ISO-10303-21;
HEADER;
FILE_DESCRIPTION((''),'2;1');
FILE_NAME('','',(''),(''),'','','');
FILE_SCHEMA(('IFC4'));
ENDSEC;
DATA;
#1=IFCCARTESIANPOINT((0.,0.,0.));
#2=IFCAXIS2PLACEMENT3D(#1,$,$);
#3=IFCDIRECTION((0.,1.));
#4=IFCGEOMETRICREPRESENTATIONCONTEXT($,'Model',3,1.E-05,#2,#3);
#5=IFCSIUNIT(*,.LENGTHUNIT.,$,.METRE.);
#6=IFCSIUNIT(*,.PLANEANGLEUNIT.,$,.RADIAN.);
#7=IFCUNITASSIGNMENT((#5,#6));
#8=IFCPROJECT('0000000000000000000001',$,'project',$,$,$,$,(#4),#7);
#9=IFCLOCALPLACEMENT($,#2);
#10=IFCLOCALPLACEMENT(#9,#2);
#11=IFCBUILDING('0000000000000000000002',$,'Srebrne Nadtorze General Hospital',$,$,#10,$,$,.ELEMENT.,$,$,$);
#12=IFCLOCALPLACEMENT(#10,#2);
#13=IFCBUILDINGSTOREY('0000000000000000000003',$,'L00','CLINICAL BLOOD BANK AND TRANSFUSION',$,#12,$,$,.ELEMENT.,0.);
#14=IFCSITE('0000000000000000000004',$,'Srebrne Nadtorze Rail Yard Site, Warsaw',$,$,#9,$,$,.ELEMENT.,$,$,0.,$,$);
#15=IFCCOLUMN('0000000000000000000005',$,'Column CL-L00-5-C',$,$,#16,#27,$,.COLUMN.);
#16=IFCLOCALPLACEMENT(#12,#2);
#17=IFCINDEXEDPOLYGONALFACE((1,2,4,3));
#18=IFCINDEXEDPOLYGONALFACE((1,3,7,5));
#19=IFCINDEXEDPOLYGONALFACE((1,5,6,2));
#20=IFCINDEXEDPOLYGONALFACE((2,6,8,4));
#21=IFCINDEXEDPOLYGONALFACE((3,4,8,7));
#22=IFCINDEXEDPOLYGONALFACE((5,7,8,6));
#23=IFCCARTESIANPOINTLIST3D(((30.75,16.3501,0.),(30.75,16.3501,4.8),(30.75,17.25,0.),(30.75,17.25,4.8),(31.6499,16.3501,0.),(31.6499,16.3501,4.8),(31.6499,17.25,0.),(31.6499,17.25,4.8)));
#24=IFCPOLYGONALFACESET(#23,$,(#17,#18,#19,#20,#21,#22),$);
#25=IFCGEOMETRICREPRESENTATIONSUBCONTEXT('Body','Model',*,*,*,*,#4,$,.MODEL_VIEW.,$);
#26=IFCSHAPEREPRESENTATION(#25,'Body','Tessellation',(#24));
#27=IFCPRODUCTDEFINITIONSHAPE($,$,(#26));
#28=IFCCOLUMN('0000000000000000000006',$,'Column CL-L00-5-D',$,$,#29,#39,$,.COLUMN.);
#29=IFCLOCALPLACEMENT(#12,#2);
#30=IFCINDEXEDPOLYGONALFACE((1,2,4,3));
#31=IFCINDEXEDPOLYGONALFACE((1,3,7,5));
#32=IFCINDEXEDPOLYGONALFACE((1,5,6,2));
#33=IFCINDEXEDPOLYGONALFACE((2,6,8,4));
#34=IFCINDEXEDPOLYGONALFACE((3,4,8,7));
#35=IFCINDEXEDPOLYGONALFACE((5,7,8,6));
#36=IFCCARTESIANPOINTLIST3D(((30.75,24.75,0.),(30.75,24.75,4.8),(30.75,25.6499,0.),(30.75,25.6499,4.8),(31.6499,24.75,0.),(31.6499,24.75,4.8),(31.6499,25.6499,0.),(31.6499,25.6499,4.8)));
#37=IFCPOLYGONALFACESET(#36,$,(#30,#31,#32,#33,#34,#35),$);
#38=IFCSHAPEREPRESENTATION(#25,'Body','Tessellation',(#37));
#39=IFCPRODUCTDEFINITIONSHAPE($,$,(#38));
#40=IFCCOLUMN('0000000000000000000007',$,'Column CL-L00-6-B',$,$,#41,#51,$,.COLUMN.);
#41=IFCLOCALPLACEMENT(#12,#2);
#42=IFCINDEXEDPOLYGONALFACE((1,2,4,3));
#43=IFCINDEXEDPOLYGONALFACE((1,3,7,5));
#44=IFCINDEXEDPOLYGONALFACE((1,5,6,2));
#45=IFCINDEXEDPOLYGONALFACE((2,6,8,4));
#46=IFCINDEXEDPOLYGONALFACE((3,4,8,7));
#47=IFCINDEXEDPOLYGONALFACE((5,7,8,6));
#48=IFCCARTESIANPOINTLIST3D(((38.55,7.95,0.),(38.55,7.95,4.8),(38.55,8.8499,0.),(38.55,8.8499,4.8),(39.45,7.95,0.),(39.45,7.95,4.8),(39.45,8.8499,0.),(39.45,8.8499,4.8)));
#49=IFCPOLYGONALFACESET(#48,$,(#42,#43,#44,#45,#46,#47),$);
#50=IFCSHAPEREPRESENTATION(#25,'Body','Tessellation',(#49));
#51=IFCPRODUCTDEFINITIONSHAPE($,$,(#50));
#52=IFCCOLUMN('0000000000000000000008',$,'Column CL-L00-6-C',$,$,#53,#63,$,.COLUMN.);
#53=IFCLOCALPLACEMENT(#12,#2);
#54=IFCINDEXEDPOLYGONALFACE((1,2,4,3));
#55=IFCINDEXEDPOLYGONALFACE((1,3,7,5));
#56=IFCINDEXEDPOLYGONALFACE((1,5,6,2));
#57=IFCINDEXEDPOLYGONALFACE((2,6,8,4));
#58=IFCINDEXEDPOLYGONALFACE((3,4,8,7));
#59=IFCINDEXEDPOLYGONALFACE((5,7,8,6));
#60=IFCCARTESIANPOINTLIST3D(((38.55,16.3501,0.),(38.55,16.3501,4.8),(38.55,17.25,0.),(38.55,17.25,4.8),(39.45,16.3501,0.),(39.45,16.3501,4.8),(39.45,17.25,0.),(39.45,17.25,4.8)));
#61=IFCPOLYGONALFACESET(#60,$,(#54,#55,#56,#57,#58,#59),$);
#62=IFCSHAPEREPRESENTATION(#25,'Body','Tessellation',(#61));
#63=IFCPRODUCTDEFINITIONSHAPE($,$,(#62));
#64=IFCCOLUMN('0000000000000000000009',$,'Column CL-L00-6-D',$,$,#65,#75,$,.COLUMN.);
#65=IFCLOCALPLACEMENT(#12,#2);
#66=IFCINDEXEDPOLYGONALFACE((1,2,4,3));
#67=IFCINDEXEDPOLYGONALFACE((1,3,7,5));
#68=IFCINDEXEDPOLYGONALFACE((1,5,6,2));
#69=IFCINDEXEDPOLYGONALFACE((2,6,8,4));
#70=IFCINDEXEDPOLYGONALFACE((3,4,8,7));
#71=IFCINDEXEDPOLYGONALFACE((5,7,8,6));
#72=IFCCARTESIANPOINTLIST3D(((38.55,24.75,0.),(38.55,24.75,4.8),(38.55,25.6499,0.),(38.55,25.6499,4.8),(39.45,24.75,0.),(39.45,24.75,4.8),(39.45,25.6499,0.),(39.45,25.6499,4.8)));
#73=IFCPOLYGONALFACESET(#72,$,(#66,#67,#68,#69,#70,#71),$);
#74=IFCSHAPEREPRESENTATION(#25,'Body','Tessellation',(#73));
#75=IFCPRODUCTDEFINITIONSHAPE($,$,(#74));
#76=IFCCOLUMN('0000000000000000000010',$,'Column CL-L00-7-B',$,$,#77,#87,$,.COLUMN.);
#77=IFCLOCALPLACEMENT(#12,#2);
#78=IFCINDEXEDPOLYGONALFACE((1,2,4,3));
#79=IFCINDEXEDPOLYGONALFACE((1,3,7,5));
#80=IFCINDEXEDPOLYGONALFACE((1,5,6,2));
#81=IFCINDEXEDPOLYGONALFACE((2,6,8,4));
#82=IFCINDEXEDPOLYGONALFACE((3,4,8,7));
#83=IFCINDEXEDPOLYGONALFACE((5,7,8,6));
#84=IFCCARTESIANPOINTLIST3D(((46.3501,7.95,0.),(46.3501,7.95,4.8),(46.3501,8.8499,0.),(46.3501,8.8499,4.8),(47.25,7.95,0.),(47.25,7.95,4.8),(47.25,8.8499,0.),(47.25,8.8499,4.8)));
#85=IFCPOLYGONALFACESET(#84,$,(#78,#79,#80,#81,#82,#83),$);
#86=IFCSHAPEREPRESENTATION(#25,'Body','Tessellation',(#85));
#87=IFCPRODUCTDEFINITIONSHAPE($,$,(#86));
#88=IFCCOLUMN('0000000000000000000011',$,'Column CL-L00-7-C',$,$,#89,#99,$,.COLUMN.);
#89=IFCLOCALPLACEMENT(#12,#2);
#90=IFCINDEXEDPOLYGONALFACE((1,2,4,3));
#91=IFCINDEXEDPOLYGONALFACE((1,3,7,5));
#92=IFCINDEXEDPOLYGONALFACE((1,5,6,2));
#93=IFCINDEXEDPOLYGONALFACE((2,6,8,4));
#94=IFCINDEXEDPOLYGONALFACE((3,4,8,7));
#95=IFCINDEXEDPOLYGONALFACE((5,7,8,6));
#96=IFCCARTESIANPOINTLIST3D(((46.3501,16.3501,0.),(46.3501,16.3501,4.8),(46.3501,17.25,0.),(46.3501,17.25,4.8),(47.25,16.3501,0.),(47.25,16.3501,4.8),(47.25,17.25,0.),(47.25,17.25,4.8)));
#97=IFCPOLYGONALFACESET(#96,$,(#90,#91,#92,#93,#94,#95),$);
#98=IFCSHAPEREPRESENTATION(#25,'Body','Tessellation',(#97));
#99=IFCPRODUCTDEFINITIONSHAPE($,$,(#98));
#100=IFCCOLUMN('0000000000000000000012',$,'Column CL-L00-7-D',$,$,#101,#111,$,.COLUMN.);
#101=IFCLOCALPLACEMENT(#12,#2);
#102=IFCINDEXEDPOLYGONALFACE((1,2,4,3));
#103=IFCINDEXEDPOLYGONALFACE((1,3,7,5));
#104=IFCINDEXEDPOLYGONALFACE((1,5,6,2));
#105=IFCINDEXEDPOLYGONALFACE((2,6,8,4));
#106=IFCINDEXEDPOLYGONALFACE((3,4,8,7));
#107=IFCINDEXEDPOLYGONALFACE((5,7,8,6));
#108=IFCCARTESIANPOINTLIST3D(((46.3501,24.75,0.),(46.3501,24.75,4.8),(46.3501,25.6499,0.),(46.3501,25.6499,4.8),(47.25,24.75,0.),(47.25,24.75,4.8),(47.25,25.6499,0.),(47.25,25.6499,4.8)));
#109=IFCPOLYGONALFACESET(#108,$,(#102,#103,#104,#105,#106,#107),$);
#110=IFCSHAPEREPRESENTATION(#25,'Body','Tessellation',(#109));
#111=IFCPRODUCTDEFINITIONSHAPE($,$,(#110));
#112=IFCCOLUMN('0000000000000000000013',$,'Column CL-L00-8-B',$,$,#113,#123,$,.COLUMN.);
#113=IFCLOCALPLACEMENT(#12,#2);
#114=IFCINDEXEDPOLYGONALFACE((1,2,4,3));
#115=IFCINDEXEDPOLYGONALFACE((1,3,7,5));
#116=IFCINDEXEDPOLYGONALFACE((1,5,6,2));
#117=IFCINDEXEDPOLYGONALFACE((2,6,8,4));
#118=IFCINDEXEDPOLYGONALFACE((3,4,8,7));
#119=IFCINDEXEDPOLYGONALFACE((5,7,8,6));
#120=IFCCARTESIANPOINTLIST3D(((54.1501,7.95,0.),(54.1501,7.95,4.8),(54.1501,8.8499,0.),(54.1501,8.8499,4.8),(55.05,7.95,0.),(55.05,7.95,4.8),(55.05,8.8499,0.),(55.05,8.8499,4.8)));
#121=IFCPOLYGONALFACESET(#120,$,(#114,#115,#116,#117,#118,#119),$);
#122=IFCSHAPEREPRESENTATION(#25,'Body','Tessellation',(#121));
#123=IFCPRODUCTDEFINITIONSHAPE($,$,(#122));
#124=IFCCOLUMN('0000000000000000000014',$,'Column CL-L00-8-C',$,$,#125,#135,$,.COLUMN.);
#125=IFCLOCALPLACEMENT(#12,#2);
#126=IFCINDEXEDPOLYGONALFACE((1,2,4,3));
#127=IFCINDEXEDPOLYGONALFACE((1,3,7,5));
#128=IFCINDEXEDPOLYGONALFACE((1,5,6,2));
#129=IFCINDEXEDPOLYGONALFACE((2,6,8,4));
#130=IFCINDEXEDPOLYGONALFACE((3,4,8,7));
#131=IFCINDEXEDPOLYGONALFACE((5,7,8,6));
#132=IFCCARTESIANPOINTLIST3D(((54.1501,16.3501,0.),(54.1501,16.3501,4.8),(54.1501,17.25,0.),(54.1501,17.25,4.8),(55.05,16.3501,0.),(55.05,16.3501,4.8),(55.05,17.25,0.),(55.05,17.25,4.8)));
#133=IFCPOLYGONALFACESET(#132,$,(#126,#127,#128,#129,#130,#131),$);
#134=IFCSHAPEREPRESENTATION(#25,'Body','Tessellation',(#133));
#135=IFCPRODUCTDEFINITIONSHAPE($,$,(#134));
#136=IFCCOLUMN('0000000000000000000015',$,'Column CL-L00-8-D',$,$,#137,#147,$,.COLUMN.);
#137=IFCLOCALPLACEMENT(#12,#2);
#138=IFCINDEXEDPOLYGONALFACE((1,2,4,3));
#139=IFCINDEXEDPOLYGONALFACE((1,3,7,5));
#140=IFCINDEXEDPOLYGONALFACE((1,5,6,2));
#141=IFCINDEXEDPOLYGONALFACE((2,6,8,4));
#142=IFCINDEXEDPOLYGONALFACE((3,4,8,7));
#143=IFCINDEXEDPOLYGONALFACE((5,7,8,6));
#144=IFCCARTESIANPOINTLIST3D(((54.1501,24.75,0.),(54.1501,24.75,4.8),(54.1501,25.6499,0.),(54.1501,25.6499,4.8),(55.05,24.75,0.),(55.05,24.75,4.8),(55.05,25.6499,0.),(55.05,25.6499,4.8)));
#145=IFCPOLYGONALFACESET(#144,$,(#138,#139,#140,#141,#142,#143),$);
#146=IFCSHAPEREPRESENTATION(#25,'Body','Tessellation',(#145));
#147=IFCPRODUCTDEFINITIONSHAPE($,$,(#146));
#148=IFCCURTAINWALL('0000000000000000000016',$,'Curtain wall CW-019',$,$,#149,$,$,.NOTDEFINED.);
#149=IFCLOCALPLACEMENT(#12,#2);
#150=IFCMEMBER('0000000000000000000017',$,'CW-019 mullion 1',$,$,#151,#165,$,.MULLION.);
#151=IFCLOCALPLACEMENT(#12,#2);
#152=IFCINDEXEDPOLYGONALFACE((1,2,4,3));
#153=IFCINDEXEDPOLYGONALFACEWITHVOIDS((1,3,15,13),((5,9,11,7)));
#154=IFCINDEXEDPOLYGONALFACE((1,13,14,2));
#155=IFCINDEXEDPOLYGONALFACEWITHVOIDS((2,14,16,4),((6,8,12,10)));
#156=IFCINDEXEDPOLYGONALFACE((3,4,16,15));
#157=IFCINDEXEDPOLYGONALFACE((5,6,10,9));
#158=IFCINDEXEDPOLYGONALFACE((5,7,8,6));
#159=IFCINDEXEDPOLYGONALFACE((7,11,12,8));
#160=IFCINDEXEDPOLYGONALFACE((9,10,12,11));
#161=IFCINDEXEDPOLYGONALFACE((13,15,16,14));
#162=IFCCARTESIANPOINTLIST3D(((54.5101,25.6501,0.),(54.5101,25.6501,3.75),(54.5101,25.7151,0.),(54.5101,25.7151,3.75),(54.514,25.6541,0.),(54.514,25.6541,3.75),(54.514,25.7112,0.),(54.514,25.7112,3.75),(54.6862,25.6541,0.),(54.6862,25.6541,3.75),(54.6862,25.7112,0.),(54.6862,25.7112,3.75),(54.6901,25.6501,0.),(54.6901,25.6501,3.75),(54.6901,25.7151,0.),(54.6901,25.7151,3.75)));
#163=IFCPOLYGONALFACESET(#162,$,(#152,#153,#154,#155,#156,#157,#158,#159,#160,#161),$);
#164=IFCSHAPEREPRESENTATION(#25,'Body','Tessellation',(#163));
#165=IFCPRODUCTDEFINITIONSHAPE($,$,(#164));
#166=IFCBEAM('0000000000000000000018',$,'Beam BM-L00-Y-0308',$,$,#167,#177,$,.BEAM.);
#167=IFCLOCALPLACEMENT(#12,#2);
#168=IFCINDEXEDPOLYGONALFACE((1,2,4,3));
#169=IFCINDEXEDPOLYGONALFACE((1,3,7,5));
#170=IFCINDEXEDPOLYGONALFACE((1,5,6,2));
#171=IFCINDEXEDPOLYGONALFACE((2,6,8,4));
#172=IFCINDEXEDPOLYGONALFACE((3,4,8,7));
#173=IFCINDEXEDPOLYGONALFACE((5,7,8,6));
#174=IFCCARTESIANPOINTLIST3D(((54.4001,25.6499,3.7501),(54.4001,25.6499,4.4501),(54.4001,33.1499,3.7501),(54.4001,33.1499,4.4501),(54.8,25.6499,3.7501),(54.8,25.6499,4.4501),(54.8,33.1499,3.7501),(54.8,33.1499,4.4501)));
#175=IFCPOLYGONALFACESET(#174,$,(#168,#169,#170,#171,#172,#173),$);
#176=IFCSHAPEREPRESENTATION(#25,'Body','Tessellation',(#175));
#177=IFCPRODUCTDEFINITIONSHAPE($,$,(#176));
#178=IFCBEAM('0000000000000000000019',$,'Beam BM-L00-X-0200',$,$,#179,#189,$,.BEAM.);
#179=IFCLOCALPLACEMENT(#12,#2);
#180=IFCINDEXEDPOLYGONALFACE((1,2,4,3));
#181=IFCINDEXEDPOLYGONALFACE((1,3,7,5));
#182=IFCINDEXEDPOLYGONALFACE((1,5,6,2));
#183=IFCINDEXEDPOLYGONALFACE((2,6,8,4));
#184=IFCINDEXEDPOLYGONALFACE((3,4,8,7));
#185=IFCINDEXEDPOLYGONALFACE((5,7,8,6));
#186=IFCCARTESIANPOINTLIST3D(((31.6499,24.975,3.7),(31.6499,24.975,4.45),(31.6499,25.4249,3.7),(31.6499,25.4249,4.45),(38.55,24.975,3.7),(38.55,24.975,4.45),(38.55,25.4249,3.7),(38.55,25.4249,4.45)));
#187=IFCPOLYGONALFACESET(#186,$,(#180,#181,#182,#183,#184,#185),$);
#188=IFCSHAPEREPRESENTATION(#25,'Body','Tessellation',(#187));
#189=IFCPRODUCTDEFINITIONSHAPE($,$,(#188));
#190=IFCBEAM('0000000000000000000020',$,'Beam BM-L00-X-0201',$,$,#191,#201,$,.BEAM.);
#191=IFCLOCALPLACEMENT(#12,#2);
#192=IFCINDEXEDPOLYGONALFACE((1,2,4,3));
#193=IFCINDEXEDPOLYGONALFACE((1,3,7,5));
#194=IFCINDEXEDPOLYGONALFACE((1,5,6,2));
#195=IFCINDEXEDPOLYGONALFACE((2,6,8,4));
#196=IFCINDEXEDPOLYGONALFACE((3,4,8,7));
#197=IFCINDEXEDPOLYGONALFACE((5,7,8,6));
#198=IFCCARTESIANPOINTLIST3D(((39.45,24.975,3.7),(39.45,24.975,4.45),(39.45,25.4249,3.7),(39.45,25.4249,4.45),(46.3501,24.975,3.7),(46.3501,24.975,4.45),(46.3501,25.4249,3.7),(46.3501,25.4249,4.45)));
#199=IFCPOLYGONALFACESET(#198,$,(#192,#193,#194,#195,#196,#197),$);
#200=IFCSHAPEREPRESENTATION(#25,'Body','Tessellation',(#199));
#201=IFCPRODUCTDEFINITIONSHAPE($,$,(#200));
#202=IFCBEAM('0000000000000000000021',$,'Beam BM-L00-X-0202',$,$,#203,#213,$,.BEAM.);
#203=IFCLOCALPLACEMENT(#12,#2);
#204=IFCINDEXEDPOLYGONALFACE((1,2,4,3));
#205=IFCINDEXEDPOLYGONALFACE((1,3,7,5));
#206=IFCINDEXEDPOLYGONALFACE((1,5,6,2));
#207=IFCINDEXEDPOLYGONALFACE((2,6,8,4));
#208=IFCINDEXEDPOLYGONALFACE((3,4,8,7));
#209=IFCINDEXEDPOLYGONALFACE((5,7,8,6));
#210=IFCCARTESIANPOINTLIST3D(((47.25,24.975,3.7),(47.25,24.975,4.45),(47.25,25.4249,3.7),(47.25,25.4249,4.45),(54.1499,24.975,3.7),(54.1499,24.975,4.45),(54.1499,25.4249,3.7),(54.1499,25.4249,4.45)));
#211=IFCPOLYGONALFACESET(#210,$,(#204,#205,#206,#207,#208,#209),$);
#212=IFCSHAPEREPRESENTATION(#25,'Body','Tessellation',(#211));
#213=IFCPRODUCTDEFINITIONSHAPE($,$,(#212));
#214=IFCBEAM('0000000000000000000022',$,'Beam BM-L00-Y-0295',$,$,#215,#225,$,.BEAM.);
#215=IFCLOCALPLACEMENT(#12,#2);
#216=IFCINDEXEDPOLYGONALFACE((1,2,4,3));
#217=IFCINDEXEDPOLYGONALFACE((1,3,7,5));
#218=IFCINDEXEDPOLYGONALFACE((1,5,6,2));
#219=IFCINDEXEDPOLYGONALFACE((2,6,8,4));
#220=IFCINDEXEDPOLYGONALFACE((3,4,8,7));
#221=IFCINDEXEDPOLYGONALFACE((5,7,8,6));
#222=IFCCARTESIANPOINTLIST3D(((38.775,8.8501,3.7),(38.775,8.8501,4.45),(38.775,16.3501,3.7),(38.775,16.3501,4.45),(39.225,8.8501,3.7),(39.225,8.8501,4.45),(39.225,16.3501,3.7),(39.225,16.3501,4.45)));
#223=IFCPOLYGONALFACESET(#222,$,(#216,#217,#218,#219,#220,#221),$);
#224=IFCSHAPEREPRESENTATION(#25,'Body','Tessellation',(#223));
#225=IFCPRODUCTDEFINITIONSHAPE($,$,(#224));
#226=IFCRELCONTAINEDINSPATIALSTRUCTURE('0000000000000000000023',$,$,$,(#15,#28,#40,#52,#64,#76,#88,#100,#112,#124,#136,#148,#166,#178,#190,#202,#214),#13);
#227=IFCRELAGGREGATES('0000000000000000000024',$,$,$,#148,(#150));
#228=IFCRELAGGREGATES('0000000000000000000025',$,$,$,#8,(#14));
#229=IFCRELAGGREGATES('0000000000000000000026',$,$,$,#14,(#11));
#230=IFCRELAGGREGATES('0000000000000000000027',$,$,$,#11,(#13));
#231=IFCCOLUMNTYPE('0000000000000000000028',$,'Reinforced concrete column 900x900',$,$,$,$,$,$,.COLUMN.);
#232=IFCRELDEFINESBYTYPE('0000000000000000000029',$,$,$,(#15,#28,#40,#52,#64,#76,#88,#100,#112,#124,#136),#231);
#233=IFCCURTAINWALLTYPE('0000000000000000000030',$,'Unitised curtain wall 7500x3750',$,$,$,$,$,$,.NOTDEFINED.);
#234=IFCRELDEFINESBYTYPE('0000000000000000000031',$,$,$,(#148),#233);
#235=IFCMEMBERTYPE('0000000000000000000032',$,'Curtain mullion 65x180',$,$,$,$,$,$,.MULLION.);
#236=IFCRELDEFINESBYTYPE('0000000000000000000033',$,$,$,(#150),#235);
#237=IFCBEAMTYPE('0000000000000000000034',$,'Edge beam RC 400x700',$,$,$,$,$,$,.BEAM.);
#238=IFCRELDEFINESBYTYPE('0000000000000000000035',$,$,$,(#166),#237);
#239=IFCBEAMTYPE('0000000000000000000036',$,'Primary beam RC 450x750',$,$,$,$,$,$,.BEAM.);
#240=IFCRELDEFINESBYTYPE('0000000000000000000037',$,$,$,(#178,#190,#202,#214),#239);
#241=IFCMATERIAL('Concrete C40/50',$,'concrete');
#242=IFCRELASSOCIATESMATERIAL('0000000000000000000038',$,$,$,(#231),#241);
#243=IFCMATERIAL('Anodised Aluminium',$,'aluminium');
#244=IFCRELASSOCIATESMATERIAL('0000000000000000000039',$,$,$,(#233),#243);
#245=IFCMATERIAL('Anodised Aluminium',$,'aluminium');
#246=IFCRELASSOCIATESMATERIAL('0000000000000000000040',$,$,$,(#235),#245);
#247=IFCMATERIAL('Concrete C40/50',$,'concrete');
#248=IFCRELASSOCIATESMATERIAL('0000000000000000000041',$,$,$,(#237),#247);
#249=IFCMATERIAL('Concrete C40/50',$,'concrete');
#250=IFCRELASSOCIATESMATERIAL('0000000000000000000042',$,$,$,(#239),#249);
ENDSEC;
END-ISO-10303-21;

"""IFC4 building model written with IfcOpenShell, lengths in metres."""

from ifc_helpers import new_model, si_unit, direction, frame, origin, origin_2d, place, context, subcontext, project, spatial, rectangle, hollow_rectangle, extrude, material, material_profile, profile_set, type_object, element, aggregate, save


model = new_model("IFC4")

# Units and contexts
model_context = context("Model", 3, precision=1e-05, world=origin(), true_north=direction((0.0, 1.0)))
body_context = subcontext(model_context, "Body", "Model", "MODEL_VIEW")
ifc_project = project(units=[si_unit("LENGTHUNIT", "METRE"), si_unit("PLANEANGLEUNIT", "RADIAN")], contexts=[model_context])

# Site, building, storey
site_placement = place(None, origin())
site = spatial("IfcSite", under=ifc_project, at=site_placement, Name="Srebrne Nadtorze Rail Yard Site, Warsaw", CompositionType="ELEMENT", RefElevation=0.0)
building_placement = place(site_placement, origin())
building = spatial("IfcBuilding", under=site, at=building_placement, Name="Srebrne Nadtorze General Hospital", CompositionType="ELEMENT")
storey_placement = place(building_placement, origin())
storey = spatial("IfcBuildingStorey", under=building, at=storey_placement, Name="L00", Description="CLINICAL BLOOD BANK AND TRANSFUSION", CompositionType="ELEMENT", Elevation=0.0)

# Columns
ifc_material_1 = material(Name="Concrete C40/50", Category="concrete")
ifc_material_profile_1 = material_profile(ifc_material_1, rectangle(XDim=0.8999, YDim=0.8999, at=origin_2d()), Name="RC-COL-900x900")
ifc_profile_set_1 = profile_set([ifc_material_profile_1], Name="Concrete C40/50")
column_type = type_object("IfcColumnType", Name="Reinforced concrete column 900x900", PredefinedType="COLUMN", material=ifc_profile_set_1)
for number, where, z_axis, x_axis, name in (
    (1, (31.2, 16.8, 0.0), (0.0, 0.0, 1.0), (1.0, 0.0, 0.0), "Column CL-L00-5-C"),
    (2, (31.2, 25.2, 0.0), (0.0, 0.0, 1.0), (1.0, 0.0, 0.0), "Column CL-L00-5-D"),
    (3, (39.0, 8.3999, 0.0), (0.0, 0.0, 1.0), (1.0, 0.0, 0.0), "Column CL-L00-6-B"),
    (4, (39.0, 16.8, 0.0), (0.0, 0.0, 1.0), (1.0, 0.0, 0.0), "Column CL-L00-6-C"),
    (5, (39.0, 25.2, 0.0), (0.0, 0.0, 1.0), (1.0, 0.0, 0.0), "Column CL-L00-6-D"),
    (6, (46.8, 8.3999, 0.0), (0.0, 0.0, 1.0), (1.0, 0.0, 0.0), "Column CL-L00-7-B"),
    (7, (46.8, 16.8, 0.0), (0.0, 0.0, 1.0), (1.0, 0.0, 0.0), "Column CL-L00-7-C"),
    (8, (46.8, 25.2, 0.0), (0.0, 0.0, 1.0), (1.0, 0.0, 0.0), "Column CL-L00-7-D"),
    (9, (54.6001, 8.3999, 0.0), (0.0, 0.0, 1.0), (1.0, 0.0, 0.0), "Column CL-L00-8-B"),
    (10, (54.6001, 16.8, 0.0), (0.0, 0.0, 1.0), (1.0, 0.0, 0.0), "Column CL-L00-8-C"),
    (11, (54.6001, 25.2, 0.0), (0.0, 0.0, 1.0), (1.0, 0.0, 0.0), "Column CL-L00-8-D"),
):
    element("IfcColumn", number, at=place(storey_placement, frame(where, z_axis=z_axis, x_axis=x_axis)), inside=storey, type_object=column_type, Name=name, PredefinedType="COLUMN", context=body_context, shape_type="SweptSolid", body=[
        extrude(rectangle(XDim=0.8999, YDim=0.8999, at=origin_2d()), origin(), (0.0, 0.0, 1.0), 4.8),
    ])

# Curtain wall, member
ifc_material_2 = material(Name="Anodised Aluminium", Category="aluminium")
curtain_wall_type = type_object("IfcCurtainWallType", Name="Unitised curtain wall 7500x3750", PredefinedType="NOTDEFINED", material=ifc_material_2)
curtain_wall_placement = place(storey_placement, origin())
curtain_wall = element("IfcCurtainWall", 12, at=curtain_wall_placement, inside=storey, type_object=curtain_wall_type, Name="Curtain wall CW-019", PredefinedType="NOTDEFINED")
ifc_material_3 = material(Name="Anodised Aluminium", Category="aluminium")
ifc_material_profile_2 = material_profile(ifc_material_3, hollow_rectangle(XDim=0.0649, YDim=0.1799, WallThickness=0.0039, at=origin_2d()), Name="AL-MUL-65x180")
ifc_profile_set_2 = profile_set([ifc_material_profile_2], Name="Anodised Aluminium")
member_type = type_object("IfcMemberType", Name="Curtain mullion 65x180", PredefinedType="MULLION", material=ifc_profile_set_2)
member_placement = place(storey_placement, frame((54.6001, 25.6826, 0.0), z_axis=(0.0, 0.0, 1.0), x_axis=(0.0, 1.0, 0.0)))
member = element("IfcMember", 13, at=member_placement, type_object=member_type, Name="CW-019 mullion 1", PredefinedType="MULLION", context=body_context, shape_type="SweptSolid", body=[
    extrude(hollow_rectangle(XDim=0.0649, YDim=0.1799, WallThickness=0.0039, at=origin_2d()), origin(), (0.0, 0.0, 1.0), 3.75),
])
aggregate(curtain_wall, [member])

# Beams
ifc_material_4 = material(Name="Concrete C40/50", Category="concrete")
ifc_material_profile_3 = material_profile(ifc_material_4, rectangle(XDim=0.3999, YDim=0.7, at=origin_2d()), Name="RC-BM-400x700")
ifc_profile_set_3 = profile_set([ifc_material_profile_3], Name="Concrete C40/50")
beam_type_1 = type_object("IfcBeamType", Name="Edge beam RC 400x700", PredefinedType="BEAM", material=ifc_profile_set_3)
beam_1_placement = place(storey_placement, frame((54.6001, 25.6499, 4.1001), z_axis=(0.0, 1.0, 0.0), x_axis=(-1.0, 0.0, 0.0)))
element("IfcBeam", 14, at=beam_1_placement, inside=storey, type_object=beam_type_1, Name="Beam BM-L00-Y-0308", PredefinedType="BEAM", context=body_context, shape_type="SweptSolid", body=[
    extrude(rectangle(XDim=0.3999, YDim=0.7, at=origin_2d()), origin(), (0.0, 0.0, 1.0), 7.5),
])
ifc_material_5 = material(Name="Concrete C40/50", Category="concrete")
ifc_material_profile_4 = material_profile(ifc_material_5, rectangle(XDim=0.45, YDim=0.75, at=origin_2d()), Name="RC-BM-450x750")
ifc_profile_set_4 = profile_set([ifc_material_profile_4], Name="Concrete C40/50")
beam_type_2 = type_object("IfcBeamType", Name="Primary beam RC 450x750", PredefinedType="BEAM", material=ifc_profile_set_4)
for number, where, z_axis, x_axis, name in (
    (15, (31.6499, 25.2, 4.075), (1.0, 0.0, 0.0), (0.0, 1.0, 0.0), "Beam BM-L00-X-0200"),
    (16, (39.45, 25.2, 4.075), (1.0, 0.0, 0.0), (0.0, 1.0, 0.0), "Beam BM-L00-X-0201"),
):
    element("IfcBeam", number, at=place(storey_placement, frame(where, z_axis=z_axis, x_axis=x_axis)), inside=storey, type_object=beam_type_2, Name=name, PredefinedType="BEAM", context=body_context, shape_type="SweptSolid", body=[
        extrude(rectangle(XDim=0.45, YDim=0.75, at=origin_2d()), origin(), (0.0, 0.0, 1.0), 6.9001),
    ])
beam_2_placement = place(storey_placement, frame((47.25, 25.2, 4.075), z_axis=(1.0, 0.0, 0.0), x_axis=(0.0, 1.0, 0.0)))
element("IfcBeam", 17, at=beam_2_placement, inside=storey, type_object=beam_type_2, Name="Beam BM-L00-X-0202", PredefinedType="BEAM", context=body_context, shape_type="SweptSolid", body=[
    extrude(rectangle(XDim=0.45, YDim=0.75, at=origin_2d()), origin(), (0.0, 0.0, 1.0), 6.8999),
])
for number, where, z_axis, x_axis, name in (
    (18, (39.0, 8.8501, 4.075), (0.0, 1.0, 0.0), (-1.0, 0.0, 0.0), "Beam BM-L00-Y-0295"),
):
    element("IfcBeam", number, at=place(storey_placement, frame(where, z_axis=z_axis, x_axis=x_axis)), inside=storey, type_object=beam_type_2, Name=name, PredefinedType="BEAM", context=body_context, shape_type="SweptSolid", body=[
        extrude(rectangle(XDim=0.45, YDim=0.75, at=origin_2d()), origin(), (0.0, 0.0, 1.0), 7.5),
    ])

save(model, "model.ifc")
